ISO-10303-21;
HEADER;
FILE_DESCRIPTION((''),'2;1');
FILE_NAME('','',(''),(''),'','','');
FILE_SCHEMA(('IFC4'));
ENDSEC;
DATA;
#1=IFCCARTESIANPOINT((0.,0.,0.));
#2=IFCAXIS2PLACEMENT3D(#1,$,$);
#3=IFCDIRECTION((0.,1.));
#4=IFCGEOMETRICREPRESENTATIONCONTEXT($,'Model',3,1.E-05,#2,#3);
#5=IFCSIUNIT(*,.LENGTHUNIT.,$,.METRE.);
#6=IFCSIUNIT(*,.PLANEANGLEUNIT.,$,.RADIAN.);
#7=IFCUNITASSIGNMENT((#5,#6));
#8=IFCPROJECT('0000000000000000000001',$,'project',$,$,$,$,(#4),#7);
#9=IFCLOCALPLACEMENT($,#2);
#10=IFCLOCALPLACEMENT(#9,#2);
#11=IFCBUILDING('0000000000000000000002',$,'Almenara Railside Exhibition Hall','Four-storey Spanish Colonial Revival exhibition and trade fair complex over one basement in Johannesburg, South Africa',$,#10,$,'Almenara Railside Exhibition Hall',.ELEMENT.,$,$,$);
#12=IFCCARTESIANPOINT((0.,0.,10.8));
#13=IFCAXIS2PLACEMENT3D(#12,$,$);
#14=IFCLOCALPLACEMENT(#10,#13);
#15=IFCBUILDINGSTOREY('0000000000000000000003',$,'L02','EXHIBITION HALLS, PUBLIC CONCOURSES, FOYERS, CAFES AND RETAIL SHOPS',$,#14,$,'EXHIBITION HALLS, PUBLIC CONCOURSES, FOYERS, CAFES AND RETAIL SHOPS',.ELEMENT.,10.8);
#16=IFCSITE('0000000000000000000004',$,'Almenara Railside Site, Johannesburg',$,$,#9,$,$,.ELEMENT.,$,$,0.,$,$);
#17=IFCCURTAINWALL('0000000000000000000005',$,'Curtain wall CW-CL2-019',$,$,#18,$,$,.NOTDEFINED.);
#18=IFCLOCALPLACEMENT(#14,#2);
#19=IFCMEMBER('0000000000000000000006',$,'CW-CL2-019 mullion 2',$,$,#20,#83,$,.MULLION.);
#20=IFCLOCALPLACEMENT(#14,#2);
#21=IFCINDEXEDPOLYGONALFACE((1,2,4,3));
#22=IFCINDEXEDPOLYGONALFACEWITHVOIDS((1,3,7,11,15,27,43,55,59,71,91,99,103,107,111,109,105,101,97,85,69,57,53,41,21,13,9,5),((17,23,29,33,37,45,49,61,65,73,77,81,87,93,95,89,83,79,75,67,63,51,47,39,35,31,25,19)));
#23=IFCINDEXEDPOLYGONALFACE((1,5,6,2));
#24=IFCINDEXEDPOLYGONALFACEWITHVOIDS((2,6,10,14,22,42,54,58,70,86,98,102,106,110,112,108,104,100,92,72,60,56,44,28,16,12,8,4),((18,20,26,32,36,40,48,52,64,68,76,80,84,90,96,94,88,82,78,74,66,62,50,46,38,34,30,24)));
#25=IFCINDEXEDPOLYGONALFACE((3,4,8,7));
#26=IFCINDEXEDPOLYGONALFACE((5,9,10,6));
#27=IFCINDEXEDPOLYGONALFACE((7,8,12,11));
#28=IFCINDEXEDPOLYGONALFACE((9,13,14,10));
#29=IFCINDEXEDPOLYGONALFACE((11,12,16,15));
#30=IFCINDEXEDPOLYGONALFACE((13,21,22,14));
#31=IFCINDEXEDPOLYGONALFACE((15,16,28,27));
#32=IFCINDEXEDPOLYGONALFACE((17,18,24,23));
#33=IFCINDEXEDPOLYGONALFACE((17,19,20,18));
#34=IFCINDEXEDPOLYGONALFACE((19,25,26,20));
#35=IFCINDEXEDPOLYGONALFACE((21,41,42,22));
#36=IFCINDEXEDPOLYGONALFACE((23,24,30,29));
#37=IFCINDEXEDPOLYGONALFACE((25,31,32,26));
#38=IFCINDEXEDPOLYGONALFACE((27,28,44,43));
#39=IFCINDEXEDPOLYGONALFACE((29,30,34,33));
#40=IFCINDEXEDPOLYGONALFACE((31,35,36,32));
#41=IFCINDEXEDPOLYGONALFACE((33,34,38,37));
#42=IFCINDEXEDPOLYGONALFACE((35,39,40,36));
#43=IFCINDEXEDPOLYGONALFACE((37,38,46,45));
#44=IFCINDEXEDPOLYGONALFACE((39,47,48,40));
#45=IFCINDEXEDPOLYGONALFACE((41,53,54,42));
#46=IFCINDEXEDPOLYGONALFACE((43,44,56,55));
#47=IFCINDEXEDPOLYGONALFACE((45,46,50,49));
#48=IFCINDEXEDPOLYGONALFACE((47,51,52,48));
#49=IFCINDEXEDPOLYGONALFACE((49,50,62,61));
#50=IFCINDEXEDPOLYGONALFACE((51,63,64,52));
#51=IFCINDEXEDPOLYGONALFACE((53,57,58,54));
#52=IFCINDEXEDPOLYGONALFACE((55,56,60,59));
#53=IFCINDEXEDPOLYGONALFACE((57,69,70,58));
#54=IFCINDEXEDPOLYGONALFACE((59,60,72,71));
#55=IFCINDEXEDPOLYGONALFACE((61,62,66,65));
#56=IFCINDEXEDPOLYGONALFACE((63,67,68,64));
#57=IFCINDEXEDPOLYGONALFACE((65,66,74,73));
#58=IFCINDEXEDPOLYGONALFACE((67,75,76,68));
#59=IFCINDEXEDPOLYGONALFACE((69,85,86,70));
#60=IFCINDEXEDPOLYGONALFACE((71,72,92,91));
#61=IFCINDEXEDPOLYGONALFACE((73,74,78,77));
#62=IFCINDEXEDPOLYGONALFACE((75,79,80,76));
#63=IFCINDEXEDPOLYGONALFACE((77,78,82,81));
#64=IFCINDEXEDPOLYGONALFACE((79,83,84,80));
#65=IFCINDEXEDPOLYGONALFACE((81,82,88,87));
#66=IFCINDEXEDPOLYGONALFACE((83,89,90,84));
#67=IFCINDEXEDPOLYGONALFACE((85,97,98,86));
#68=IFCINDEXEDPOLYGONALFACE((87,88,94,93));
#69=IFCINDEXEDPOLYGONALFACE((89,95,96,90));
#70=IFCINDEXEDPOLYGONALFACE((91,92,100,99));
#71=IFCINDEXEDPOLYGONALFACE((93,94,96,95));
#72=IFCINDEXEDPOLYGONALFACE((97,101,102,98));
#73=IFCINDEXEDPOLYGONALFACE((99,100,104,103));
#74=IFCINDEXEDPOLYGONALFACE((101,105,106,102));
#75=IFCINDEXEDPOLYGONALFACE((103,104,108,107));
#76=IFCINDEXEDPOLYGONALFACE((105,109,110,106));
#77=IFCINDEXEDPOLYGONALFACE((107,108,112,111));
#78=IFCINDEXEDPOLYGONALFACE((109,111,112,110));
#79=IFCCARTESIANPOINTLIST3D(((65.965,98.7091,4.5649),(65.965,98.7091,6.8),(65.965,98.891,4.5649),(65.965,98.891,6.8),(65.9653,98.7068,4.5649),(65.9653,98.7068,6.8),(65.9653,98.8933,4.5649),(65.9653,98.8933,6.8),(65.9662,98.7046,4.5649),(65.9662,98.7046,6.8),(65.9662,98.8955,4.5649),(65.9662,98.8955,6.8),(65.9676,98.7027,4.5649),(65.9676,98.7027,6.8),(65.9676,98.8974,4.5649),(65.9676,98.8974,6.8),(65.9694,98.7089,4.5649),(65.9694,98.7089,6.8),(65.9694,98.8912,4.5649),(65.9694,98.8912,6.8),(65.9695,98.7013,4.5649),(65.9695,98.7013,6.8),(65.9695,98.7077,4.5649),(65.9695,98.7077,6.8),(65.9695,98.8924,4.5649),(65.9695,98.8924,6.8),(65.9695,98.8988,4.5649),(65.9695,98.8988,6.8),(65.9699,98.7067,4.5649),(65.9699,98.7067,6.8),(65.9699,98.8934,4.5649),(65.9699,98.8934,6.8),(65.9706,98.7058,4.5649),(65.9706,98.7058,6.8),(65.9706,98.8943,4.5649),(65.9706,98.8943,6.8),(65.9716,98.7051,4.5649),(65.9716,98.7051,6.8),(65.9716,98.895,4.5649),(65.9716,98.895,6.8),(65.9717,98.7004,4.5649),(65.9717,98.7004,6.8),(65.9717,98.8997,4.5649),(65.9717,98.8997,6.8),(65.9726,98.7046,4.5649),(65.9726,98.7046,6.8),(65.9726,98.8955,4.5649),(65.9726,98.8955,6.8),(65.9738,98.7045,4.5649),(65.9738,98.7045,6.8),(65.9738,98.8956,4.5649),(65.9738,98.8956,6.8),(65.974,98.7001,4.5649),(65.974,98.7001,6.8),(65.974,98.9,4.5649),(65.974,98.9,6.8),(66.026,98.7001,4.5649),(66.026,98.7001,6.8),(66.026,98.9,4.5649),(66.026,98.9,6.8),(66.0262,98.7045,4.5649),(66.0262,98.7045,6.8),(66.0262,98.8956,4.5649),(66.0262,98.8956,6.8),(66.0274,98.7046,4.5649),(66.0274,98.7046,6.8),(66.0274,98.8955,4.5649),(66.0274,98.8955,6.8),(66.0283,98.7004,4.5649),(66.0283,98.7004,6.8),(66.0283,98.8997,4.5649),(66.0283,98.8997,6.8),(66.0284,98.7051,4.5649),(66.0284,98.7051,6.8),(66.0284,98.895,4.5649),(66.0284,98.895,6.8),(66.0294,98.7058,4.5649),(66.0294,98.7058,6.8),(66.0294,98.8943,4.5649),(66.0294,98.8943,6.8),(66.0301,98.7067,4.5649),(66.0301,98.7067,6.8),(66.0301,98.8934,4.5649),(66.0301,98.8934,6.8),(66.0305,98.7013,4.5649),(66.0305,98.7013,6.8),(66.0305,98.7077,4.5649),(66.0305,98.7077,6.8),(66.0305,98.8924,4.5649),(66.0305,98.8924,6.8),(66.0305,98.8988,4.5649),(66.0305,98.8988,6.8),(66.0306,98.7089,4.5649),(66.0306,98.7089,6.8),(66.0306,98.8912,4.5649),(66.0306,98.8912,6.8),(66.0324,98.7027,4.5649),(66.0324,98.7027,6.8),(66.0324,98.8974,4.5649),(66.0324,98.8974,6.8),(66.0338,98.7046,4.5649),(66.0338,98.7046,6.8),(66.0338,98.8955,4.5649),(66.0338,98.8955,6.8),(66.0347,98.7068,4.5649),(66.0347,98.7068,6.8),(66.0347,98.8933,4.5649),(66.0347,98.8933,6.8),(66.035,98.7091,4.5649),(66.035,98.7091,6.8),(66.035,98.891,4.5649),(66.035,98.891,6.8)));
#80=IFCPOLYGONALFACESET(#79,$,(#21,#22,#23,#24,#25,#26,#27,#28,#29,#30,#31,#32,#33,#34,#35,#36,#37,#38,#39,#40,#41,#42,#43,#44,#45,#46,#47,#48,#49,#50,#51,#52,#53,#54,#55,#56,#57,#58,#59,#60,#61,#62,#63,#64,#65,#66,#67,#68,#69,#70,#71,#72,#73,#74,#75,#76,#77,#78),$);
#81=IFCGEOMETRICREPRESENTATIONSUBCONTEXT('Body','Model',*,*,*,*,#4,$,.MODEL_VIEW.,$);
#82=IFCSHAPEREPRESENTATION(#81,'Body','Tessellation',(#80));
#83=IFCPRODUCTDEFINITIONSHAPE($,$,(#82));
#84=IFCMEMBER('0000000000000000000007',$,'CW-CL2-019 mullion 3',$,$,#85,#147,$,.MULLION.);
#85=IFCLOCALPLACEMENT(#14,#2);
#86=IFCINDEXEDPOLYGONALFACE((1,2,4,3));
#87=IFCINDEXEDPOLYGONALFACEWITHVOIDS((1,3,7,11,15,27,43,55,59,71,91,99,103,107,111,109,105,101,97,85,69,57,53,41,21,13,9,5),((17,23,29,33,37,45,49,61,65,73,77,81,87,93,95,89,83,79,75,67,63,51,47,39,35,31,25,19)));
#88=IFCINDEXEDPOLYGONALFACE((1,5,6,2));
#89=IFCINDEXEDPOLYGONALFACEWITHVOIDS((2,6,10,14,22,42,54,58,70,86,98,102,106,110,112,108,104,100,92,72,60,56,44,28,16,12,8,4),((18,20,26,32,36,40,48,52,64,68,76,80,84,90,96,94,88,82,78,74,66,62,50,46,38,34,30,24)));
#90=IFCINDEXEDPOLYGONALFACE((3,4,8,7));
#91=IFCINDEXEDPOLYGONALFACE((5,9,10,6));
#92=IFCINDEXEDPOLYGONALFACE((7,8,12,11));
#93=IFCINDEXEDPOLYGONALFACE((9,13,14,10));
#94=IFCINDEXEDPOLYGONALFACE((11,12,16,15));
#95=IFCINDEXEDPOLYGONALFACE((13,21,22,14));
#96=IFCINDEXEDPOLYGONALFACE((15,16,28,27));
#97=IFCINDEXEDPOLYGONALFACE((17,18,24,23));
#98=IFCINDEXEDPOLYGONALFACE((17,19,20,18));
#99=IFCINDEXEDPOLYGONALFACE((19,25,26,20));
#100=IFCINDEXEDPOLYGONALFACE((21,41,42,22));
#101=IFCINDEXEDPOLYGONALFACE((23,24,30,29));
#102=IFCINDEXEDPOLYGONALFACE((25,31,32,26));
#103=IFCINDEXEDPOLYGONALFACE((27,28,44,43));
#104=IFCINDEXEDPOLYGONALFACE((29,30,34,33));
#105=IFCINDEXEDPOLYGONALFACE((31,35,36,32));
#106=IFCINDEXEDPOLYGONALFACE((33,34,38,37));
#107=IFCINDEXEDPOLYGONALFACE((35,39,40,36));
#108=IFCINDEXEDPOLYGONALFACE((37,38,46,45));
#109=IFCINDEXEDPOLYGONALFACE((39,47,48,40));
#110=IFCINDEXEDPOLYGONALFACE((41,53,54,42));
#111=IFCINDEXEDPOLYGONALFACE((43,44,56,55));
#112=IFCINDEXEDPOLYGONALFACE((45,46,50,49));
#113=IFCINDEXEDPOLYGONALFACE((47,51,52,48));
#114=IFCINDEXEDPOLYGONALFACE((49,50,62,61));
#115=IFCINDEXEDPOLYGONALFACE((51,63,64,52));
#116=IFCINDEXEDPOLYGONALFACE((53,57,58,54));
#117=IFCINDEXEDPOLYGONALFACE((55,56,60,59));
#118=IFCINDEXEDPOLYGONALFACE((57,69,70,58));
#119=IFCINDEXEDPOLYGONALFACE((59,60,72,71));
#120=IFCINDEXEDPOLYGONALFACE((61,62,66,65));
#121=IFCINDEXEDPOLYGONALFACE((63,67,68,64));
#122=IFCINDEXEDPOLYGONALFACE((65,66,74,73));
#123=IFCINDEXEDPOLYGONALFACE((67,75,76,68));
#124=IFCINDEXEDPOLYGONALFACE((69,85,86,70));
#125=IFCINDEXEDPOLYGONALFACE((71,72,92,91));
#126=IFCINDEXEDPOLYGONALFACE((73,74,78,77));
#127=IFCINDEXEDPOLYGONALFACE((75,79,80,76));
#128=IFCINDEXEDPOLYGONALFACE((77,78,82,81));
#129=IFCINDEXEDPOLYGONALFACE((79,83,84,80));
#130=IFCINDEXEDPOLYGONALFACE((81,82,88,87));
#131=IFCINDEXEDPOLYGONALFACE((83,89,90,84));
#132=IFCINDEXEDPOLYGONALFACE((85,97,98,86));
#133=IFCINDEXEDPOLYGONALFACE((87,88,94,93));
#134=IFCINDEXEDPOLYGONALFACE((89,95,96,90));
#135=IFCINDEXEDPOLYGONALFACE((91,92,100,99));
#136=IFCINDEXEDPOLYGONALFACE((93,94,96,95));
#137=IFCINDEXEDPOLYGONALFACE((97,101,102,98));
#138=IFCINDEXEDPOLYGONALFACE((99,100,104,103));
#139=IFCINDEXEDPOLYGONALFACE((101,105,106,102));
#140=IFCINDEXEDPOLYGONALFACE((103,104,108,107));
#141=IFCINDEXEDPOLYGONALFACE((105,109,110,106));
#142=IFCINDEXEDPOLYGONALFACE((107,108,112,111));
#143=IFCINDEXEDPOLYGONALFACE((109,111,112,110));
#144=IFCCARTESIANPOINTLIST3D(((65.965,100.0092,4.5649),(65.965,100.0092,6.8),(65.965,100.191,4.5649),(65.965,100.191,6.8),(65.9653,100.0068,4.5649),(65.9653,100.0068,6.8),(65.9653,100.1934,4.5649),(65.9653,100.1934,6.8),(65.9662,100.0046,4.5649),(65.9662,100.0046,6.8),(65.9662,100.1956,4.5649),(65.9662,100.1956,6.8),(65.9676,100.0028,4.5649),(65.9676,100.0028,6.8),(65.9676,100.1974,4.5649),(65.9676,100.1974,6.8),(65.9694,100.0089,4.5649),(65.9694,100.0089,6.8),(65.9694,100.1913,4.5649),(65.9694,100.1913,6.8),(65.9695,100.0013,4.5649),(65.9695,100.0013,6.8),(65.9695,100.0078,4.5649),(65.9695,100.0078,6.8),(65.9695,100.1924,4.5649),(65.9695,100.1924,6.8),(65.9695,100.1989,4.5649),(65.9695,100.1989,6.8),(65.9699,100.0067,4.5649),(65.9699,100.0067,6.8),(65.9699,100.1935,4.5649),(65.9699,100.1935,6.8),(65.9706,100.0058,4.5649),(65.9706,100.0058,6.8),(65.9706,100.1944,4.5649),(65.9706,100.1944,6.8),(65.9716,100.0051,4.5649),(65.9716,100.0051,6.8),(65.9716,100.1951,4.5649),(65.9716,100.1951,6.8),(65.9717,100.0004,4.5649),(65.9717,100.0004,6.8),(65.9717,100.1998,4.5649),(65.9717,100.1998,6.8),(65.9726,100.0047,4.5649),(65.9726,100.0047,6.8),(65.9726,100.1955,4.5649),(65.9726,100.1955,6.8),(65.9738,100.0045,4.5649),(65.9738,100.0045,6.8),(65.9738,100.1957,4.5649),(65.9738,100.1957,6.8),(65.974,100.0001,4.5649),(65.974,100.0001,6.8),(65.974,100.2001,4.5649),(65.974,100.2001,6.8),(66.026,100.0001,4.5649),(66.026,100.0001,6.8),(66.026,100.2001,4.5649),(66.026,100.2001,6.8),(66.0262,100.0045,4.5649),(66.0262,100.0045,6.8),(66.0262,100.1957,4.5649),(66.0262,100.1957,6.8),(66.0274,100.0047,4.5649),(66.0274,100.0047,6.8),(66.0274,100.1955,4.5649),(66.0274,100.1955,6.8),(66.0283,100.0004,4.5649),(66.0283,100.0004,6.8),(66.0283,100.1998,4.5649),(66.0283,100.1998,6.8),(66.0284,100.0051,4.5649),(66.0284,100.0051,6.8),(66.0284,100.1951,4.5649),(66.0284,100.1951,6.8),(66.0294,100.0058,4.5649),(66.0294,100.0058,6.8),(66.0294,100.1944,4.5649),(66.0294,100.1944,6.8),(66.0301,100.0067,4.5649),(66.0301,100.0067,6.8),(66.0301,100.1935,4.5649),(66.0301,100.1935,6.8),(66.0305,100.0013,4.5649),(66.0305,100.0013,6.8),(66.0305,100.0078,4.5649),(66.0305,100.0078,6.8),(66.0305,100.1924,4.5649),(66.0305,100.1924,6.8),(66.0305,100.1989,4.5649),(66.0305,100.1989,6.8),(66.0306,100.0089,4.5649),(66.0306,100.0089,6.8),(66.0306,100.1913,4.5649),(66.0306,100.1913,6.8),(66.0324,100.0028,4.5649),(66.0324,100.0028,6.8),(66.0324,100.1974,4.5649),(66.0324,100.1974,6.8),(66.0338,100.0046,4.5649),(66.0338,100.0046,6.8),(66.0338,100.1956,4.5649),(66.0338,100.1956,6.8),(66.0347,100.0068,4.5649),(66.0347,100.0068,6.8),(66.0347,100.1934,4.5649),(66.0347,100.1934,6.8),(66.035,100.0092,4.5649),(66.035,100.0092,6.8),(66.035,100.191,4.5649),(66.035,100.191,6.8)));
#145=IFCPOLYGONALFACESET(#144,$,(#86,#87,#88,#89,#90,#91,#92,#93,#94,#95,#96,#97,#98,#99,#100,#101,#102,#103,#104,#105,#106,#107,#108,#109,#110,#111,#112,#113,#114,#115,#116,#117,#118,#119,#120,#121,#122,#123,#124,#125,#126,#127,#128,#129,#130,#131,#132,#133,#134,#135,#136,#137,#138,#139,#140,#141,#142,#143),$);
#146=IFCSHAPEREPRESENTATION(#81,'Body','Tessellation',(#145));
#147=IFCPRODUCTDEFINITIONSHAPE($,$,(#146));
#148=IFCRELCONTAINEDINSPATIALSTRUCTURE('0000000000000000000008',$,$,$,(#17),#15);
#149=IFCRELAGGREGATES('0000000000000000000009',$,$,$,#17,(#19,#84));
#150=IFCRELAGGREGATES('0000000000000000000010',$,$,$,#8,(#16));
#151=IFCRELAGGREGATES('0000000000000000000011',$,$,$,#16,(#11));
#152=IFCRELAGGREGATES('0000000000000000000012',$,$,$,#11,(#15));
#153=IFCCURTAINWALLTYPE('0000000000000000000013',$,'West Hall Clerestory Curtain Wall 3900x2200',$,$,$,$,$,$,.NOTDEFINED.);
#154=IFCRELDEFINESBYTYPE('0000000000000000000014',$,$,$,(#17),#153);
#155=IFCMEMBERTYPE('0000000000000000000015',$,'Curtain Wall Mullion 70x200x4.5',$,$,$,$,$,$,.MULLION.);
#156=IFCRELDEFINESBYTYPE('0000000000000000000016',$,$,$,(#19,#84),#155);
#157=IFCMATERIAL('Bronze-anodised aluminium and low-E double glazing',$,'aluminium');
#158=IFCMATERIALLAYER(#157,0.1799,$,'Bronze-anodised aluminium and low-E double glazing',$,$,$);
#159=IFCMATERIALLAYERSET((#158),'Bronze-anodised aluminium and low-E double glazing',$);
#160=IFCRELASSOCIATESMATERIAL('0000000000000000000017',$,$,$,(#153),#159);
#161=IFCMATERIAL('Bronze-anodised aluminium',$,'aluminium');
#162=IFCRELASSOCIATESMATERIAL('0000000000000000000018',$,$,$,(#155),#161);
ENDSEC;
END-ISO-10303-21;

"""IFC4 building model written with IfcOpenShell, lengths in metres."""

from ifc_helpers import new_model, si_unit, direction, frame, origin, origin_2d, place, context, subcontext, project, spatial, hollow_rectangle, extrude, material, layer, layer_set, material_profile, profile_set, type_object, element, aggregate, save


model = new_model("IFC4")

# Units and contexts
model_context = context("Model", 3, precision=1e-05, world=origin(), true_north=direction((0.0, 1.0)))
body_context = subcontext(model_context, "Body", "Model", "MODEL_VIEW")
ifc_project = project(units=[si_unit("LENGTHUNIT", "METRE"), si_unit("PLANEANGLEUNIT", "RADIAN")], contexts=[model_context])

# Site, building, storey
site_placement = place(None, origin())
site = spatial("IfcSite", under=ifc_project, at=site_placement, Name="Almenara Railside Site, Johannesburg", CompositionType="ELEMENT", RefElevation=0.0)
building_placement = place(site_placement, origin())
building = spatial("IfcBuilding", under=site, at=building_placement, Name="Almenara Railside Exhibition Hall", Description="Four-storey Spanish Colonial Revival exhibition and trade fair complex over one basement in Johannesburg, South Africa", LongName="Almenara Railside Exhibition Hall", CompositionType="ELEMENT")
storey_placement = place(building_placement, frame((0.0, 0.0, 10.8)))
storey = spatial("IfcBuildingStorey", under=building, at=storey_placement, Name="L02", Description="EXHIBITION HALLS, PUBLIC CONCOURSES, FOYERS, CAFES AND RETAIL SHOPS", LongName="EXHIBITION HALLS, PUBLIC CONCOURSES, FOYERS, CAFES AND RETAIL SHOPS", CompositionType="ELEMENT", Elevation=10.8)

# Curtain wall, members
ifc_material_1 = material(Name="Bronze-anodised aluminium and low-E double glazing", Category="aluminium")
ifc_layer_1 = layer(ifc_material_1, 0.1799, Name="Bronze-anodised aluminium and low-E double glazing")
ifc_layer_set_1 = layer_set([ifc_layer_1], Name="Bronze-anodised aluminium and low-E double glazing")
curtain_wall_type = type_object("IfcCurtainWallType", Name="West Hall Clerestory Curtain Wall 3900x2200", PredefinedType="NOTDEFINED", material=ifc_layer_set_1)
ifc_material_2 = material(Name="Bronze-anodised aluminium", Category="aluminium")
curtain_wall_1_placement = place(storey_placement, origin())
curtain_wall_1 = element("IfcCurtainWall", 1, at=curtain_wall_1_placement, inside=storey, type_object=curtain_wall_type, Name="Curtain wall CW-CL2-019", PredefinedType="NOTDEFINED")
ifc_material_profile_1 = material_profile(ifc_material_2, hollow_rectangle(XDim=0.0701, YDim=0.2, WallThickness=0.0044, InnerFilletRadius=0.0044, OuterFilletRadius=0.009, at=origin_2d()), Name="ALU-MUL 70x200x4.5")
ifc_profile_set_1 = profile_set([ifc_material_profile_1], Name="Bronze-anodised aluminium")
member_type_1 = type_object("IfcMemberType", Name="Curtain Wall Mullion 70x200x4.5", PredefinedType="MULLION", material=ifc_profile_set_1)
member_1_placement = place(storey_placement, frame((66.0, 98.8, 4.5649), z_axis=(0.0, 0.0, 1.0), x_axis=(-1.0, 0.0, 0.0)))
member_1 = element("IfcMember", 2, at=member_1_placement, type_object=member_type_1, Name="CW-CL2-019 mullion 2", PredefinedType="MULLION", context=body_context, shape_type="SweptSolid", body=[
    extrude(hollow_rectangle(XDim=0.0701, YDim=0.2, WallThickness=0.0044, InnerFilletRadius=0.0044, OuterFilletRadius=0.009, at=origin_2d()), origin(), (0.0, 0.0, 1.0), 2.2351),
])
member_2_placement = place(storey_placement, frame((66.0, 100.1001, 4.5649), z_axis=(0.0, 0.0, 1.0), x_axis=(-1.0, 0.0, 0.0)))
member_2 = element("IfcMember", 3, at=member_2_placement, type_object=member_type_1, Name="CW-CL2-019 mullion 3", PredefinedType="MULLION", context=body_context, shape_type="SweptSolid", body=[
    extrude(hollow_rectangle(XDim=0.0701, YDim=0.2, WallThickness=0.0044, InnerFilletRadius=0.0044, OuterFilletRadius=0.009, at=origin_2d()), origin(), (0.0, 0.0, 1.0), 2.2351),
])

aggregate(curtain_wall_1, [member_1, member_2])

save(model, "model.ifc")
